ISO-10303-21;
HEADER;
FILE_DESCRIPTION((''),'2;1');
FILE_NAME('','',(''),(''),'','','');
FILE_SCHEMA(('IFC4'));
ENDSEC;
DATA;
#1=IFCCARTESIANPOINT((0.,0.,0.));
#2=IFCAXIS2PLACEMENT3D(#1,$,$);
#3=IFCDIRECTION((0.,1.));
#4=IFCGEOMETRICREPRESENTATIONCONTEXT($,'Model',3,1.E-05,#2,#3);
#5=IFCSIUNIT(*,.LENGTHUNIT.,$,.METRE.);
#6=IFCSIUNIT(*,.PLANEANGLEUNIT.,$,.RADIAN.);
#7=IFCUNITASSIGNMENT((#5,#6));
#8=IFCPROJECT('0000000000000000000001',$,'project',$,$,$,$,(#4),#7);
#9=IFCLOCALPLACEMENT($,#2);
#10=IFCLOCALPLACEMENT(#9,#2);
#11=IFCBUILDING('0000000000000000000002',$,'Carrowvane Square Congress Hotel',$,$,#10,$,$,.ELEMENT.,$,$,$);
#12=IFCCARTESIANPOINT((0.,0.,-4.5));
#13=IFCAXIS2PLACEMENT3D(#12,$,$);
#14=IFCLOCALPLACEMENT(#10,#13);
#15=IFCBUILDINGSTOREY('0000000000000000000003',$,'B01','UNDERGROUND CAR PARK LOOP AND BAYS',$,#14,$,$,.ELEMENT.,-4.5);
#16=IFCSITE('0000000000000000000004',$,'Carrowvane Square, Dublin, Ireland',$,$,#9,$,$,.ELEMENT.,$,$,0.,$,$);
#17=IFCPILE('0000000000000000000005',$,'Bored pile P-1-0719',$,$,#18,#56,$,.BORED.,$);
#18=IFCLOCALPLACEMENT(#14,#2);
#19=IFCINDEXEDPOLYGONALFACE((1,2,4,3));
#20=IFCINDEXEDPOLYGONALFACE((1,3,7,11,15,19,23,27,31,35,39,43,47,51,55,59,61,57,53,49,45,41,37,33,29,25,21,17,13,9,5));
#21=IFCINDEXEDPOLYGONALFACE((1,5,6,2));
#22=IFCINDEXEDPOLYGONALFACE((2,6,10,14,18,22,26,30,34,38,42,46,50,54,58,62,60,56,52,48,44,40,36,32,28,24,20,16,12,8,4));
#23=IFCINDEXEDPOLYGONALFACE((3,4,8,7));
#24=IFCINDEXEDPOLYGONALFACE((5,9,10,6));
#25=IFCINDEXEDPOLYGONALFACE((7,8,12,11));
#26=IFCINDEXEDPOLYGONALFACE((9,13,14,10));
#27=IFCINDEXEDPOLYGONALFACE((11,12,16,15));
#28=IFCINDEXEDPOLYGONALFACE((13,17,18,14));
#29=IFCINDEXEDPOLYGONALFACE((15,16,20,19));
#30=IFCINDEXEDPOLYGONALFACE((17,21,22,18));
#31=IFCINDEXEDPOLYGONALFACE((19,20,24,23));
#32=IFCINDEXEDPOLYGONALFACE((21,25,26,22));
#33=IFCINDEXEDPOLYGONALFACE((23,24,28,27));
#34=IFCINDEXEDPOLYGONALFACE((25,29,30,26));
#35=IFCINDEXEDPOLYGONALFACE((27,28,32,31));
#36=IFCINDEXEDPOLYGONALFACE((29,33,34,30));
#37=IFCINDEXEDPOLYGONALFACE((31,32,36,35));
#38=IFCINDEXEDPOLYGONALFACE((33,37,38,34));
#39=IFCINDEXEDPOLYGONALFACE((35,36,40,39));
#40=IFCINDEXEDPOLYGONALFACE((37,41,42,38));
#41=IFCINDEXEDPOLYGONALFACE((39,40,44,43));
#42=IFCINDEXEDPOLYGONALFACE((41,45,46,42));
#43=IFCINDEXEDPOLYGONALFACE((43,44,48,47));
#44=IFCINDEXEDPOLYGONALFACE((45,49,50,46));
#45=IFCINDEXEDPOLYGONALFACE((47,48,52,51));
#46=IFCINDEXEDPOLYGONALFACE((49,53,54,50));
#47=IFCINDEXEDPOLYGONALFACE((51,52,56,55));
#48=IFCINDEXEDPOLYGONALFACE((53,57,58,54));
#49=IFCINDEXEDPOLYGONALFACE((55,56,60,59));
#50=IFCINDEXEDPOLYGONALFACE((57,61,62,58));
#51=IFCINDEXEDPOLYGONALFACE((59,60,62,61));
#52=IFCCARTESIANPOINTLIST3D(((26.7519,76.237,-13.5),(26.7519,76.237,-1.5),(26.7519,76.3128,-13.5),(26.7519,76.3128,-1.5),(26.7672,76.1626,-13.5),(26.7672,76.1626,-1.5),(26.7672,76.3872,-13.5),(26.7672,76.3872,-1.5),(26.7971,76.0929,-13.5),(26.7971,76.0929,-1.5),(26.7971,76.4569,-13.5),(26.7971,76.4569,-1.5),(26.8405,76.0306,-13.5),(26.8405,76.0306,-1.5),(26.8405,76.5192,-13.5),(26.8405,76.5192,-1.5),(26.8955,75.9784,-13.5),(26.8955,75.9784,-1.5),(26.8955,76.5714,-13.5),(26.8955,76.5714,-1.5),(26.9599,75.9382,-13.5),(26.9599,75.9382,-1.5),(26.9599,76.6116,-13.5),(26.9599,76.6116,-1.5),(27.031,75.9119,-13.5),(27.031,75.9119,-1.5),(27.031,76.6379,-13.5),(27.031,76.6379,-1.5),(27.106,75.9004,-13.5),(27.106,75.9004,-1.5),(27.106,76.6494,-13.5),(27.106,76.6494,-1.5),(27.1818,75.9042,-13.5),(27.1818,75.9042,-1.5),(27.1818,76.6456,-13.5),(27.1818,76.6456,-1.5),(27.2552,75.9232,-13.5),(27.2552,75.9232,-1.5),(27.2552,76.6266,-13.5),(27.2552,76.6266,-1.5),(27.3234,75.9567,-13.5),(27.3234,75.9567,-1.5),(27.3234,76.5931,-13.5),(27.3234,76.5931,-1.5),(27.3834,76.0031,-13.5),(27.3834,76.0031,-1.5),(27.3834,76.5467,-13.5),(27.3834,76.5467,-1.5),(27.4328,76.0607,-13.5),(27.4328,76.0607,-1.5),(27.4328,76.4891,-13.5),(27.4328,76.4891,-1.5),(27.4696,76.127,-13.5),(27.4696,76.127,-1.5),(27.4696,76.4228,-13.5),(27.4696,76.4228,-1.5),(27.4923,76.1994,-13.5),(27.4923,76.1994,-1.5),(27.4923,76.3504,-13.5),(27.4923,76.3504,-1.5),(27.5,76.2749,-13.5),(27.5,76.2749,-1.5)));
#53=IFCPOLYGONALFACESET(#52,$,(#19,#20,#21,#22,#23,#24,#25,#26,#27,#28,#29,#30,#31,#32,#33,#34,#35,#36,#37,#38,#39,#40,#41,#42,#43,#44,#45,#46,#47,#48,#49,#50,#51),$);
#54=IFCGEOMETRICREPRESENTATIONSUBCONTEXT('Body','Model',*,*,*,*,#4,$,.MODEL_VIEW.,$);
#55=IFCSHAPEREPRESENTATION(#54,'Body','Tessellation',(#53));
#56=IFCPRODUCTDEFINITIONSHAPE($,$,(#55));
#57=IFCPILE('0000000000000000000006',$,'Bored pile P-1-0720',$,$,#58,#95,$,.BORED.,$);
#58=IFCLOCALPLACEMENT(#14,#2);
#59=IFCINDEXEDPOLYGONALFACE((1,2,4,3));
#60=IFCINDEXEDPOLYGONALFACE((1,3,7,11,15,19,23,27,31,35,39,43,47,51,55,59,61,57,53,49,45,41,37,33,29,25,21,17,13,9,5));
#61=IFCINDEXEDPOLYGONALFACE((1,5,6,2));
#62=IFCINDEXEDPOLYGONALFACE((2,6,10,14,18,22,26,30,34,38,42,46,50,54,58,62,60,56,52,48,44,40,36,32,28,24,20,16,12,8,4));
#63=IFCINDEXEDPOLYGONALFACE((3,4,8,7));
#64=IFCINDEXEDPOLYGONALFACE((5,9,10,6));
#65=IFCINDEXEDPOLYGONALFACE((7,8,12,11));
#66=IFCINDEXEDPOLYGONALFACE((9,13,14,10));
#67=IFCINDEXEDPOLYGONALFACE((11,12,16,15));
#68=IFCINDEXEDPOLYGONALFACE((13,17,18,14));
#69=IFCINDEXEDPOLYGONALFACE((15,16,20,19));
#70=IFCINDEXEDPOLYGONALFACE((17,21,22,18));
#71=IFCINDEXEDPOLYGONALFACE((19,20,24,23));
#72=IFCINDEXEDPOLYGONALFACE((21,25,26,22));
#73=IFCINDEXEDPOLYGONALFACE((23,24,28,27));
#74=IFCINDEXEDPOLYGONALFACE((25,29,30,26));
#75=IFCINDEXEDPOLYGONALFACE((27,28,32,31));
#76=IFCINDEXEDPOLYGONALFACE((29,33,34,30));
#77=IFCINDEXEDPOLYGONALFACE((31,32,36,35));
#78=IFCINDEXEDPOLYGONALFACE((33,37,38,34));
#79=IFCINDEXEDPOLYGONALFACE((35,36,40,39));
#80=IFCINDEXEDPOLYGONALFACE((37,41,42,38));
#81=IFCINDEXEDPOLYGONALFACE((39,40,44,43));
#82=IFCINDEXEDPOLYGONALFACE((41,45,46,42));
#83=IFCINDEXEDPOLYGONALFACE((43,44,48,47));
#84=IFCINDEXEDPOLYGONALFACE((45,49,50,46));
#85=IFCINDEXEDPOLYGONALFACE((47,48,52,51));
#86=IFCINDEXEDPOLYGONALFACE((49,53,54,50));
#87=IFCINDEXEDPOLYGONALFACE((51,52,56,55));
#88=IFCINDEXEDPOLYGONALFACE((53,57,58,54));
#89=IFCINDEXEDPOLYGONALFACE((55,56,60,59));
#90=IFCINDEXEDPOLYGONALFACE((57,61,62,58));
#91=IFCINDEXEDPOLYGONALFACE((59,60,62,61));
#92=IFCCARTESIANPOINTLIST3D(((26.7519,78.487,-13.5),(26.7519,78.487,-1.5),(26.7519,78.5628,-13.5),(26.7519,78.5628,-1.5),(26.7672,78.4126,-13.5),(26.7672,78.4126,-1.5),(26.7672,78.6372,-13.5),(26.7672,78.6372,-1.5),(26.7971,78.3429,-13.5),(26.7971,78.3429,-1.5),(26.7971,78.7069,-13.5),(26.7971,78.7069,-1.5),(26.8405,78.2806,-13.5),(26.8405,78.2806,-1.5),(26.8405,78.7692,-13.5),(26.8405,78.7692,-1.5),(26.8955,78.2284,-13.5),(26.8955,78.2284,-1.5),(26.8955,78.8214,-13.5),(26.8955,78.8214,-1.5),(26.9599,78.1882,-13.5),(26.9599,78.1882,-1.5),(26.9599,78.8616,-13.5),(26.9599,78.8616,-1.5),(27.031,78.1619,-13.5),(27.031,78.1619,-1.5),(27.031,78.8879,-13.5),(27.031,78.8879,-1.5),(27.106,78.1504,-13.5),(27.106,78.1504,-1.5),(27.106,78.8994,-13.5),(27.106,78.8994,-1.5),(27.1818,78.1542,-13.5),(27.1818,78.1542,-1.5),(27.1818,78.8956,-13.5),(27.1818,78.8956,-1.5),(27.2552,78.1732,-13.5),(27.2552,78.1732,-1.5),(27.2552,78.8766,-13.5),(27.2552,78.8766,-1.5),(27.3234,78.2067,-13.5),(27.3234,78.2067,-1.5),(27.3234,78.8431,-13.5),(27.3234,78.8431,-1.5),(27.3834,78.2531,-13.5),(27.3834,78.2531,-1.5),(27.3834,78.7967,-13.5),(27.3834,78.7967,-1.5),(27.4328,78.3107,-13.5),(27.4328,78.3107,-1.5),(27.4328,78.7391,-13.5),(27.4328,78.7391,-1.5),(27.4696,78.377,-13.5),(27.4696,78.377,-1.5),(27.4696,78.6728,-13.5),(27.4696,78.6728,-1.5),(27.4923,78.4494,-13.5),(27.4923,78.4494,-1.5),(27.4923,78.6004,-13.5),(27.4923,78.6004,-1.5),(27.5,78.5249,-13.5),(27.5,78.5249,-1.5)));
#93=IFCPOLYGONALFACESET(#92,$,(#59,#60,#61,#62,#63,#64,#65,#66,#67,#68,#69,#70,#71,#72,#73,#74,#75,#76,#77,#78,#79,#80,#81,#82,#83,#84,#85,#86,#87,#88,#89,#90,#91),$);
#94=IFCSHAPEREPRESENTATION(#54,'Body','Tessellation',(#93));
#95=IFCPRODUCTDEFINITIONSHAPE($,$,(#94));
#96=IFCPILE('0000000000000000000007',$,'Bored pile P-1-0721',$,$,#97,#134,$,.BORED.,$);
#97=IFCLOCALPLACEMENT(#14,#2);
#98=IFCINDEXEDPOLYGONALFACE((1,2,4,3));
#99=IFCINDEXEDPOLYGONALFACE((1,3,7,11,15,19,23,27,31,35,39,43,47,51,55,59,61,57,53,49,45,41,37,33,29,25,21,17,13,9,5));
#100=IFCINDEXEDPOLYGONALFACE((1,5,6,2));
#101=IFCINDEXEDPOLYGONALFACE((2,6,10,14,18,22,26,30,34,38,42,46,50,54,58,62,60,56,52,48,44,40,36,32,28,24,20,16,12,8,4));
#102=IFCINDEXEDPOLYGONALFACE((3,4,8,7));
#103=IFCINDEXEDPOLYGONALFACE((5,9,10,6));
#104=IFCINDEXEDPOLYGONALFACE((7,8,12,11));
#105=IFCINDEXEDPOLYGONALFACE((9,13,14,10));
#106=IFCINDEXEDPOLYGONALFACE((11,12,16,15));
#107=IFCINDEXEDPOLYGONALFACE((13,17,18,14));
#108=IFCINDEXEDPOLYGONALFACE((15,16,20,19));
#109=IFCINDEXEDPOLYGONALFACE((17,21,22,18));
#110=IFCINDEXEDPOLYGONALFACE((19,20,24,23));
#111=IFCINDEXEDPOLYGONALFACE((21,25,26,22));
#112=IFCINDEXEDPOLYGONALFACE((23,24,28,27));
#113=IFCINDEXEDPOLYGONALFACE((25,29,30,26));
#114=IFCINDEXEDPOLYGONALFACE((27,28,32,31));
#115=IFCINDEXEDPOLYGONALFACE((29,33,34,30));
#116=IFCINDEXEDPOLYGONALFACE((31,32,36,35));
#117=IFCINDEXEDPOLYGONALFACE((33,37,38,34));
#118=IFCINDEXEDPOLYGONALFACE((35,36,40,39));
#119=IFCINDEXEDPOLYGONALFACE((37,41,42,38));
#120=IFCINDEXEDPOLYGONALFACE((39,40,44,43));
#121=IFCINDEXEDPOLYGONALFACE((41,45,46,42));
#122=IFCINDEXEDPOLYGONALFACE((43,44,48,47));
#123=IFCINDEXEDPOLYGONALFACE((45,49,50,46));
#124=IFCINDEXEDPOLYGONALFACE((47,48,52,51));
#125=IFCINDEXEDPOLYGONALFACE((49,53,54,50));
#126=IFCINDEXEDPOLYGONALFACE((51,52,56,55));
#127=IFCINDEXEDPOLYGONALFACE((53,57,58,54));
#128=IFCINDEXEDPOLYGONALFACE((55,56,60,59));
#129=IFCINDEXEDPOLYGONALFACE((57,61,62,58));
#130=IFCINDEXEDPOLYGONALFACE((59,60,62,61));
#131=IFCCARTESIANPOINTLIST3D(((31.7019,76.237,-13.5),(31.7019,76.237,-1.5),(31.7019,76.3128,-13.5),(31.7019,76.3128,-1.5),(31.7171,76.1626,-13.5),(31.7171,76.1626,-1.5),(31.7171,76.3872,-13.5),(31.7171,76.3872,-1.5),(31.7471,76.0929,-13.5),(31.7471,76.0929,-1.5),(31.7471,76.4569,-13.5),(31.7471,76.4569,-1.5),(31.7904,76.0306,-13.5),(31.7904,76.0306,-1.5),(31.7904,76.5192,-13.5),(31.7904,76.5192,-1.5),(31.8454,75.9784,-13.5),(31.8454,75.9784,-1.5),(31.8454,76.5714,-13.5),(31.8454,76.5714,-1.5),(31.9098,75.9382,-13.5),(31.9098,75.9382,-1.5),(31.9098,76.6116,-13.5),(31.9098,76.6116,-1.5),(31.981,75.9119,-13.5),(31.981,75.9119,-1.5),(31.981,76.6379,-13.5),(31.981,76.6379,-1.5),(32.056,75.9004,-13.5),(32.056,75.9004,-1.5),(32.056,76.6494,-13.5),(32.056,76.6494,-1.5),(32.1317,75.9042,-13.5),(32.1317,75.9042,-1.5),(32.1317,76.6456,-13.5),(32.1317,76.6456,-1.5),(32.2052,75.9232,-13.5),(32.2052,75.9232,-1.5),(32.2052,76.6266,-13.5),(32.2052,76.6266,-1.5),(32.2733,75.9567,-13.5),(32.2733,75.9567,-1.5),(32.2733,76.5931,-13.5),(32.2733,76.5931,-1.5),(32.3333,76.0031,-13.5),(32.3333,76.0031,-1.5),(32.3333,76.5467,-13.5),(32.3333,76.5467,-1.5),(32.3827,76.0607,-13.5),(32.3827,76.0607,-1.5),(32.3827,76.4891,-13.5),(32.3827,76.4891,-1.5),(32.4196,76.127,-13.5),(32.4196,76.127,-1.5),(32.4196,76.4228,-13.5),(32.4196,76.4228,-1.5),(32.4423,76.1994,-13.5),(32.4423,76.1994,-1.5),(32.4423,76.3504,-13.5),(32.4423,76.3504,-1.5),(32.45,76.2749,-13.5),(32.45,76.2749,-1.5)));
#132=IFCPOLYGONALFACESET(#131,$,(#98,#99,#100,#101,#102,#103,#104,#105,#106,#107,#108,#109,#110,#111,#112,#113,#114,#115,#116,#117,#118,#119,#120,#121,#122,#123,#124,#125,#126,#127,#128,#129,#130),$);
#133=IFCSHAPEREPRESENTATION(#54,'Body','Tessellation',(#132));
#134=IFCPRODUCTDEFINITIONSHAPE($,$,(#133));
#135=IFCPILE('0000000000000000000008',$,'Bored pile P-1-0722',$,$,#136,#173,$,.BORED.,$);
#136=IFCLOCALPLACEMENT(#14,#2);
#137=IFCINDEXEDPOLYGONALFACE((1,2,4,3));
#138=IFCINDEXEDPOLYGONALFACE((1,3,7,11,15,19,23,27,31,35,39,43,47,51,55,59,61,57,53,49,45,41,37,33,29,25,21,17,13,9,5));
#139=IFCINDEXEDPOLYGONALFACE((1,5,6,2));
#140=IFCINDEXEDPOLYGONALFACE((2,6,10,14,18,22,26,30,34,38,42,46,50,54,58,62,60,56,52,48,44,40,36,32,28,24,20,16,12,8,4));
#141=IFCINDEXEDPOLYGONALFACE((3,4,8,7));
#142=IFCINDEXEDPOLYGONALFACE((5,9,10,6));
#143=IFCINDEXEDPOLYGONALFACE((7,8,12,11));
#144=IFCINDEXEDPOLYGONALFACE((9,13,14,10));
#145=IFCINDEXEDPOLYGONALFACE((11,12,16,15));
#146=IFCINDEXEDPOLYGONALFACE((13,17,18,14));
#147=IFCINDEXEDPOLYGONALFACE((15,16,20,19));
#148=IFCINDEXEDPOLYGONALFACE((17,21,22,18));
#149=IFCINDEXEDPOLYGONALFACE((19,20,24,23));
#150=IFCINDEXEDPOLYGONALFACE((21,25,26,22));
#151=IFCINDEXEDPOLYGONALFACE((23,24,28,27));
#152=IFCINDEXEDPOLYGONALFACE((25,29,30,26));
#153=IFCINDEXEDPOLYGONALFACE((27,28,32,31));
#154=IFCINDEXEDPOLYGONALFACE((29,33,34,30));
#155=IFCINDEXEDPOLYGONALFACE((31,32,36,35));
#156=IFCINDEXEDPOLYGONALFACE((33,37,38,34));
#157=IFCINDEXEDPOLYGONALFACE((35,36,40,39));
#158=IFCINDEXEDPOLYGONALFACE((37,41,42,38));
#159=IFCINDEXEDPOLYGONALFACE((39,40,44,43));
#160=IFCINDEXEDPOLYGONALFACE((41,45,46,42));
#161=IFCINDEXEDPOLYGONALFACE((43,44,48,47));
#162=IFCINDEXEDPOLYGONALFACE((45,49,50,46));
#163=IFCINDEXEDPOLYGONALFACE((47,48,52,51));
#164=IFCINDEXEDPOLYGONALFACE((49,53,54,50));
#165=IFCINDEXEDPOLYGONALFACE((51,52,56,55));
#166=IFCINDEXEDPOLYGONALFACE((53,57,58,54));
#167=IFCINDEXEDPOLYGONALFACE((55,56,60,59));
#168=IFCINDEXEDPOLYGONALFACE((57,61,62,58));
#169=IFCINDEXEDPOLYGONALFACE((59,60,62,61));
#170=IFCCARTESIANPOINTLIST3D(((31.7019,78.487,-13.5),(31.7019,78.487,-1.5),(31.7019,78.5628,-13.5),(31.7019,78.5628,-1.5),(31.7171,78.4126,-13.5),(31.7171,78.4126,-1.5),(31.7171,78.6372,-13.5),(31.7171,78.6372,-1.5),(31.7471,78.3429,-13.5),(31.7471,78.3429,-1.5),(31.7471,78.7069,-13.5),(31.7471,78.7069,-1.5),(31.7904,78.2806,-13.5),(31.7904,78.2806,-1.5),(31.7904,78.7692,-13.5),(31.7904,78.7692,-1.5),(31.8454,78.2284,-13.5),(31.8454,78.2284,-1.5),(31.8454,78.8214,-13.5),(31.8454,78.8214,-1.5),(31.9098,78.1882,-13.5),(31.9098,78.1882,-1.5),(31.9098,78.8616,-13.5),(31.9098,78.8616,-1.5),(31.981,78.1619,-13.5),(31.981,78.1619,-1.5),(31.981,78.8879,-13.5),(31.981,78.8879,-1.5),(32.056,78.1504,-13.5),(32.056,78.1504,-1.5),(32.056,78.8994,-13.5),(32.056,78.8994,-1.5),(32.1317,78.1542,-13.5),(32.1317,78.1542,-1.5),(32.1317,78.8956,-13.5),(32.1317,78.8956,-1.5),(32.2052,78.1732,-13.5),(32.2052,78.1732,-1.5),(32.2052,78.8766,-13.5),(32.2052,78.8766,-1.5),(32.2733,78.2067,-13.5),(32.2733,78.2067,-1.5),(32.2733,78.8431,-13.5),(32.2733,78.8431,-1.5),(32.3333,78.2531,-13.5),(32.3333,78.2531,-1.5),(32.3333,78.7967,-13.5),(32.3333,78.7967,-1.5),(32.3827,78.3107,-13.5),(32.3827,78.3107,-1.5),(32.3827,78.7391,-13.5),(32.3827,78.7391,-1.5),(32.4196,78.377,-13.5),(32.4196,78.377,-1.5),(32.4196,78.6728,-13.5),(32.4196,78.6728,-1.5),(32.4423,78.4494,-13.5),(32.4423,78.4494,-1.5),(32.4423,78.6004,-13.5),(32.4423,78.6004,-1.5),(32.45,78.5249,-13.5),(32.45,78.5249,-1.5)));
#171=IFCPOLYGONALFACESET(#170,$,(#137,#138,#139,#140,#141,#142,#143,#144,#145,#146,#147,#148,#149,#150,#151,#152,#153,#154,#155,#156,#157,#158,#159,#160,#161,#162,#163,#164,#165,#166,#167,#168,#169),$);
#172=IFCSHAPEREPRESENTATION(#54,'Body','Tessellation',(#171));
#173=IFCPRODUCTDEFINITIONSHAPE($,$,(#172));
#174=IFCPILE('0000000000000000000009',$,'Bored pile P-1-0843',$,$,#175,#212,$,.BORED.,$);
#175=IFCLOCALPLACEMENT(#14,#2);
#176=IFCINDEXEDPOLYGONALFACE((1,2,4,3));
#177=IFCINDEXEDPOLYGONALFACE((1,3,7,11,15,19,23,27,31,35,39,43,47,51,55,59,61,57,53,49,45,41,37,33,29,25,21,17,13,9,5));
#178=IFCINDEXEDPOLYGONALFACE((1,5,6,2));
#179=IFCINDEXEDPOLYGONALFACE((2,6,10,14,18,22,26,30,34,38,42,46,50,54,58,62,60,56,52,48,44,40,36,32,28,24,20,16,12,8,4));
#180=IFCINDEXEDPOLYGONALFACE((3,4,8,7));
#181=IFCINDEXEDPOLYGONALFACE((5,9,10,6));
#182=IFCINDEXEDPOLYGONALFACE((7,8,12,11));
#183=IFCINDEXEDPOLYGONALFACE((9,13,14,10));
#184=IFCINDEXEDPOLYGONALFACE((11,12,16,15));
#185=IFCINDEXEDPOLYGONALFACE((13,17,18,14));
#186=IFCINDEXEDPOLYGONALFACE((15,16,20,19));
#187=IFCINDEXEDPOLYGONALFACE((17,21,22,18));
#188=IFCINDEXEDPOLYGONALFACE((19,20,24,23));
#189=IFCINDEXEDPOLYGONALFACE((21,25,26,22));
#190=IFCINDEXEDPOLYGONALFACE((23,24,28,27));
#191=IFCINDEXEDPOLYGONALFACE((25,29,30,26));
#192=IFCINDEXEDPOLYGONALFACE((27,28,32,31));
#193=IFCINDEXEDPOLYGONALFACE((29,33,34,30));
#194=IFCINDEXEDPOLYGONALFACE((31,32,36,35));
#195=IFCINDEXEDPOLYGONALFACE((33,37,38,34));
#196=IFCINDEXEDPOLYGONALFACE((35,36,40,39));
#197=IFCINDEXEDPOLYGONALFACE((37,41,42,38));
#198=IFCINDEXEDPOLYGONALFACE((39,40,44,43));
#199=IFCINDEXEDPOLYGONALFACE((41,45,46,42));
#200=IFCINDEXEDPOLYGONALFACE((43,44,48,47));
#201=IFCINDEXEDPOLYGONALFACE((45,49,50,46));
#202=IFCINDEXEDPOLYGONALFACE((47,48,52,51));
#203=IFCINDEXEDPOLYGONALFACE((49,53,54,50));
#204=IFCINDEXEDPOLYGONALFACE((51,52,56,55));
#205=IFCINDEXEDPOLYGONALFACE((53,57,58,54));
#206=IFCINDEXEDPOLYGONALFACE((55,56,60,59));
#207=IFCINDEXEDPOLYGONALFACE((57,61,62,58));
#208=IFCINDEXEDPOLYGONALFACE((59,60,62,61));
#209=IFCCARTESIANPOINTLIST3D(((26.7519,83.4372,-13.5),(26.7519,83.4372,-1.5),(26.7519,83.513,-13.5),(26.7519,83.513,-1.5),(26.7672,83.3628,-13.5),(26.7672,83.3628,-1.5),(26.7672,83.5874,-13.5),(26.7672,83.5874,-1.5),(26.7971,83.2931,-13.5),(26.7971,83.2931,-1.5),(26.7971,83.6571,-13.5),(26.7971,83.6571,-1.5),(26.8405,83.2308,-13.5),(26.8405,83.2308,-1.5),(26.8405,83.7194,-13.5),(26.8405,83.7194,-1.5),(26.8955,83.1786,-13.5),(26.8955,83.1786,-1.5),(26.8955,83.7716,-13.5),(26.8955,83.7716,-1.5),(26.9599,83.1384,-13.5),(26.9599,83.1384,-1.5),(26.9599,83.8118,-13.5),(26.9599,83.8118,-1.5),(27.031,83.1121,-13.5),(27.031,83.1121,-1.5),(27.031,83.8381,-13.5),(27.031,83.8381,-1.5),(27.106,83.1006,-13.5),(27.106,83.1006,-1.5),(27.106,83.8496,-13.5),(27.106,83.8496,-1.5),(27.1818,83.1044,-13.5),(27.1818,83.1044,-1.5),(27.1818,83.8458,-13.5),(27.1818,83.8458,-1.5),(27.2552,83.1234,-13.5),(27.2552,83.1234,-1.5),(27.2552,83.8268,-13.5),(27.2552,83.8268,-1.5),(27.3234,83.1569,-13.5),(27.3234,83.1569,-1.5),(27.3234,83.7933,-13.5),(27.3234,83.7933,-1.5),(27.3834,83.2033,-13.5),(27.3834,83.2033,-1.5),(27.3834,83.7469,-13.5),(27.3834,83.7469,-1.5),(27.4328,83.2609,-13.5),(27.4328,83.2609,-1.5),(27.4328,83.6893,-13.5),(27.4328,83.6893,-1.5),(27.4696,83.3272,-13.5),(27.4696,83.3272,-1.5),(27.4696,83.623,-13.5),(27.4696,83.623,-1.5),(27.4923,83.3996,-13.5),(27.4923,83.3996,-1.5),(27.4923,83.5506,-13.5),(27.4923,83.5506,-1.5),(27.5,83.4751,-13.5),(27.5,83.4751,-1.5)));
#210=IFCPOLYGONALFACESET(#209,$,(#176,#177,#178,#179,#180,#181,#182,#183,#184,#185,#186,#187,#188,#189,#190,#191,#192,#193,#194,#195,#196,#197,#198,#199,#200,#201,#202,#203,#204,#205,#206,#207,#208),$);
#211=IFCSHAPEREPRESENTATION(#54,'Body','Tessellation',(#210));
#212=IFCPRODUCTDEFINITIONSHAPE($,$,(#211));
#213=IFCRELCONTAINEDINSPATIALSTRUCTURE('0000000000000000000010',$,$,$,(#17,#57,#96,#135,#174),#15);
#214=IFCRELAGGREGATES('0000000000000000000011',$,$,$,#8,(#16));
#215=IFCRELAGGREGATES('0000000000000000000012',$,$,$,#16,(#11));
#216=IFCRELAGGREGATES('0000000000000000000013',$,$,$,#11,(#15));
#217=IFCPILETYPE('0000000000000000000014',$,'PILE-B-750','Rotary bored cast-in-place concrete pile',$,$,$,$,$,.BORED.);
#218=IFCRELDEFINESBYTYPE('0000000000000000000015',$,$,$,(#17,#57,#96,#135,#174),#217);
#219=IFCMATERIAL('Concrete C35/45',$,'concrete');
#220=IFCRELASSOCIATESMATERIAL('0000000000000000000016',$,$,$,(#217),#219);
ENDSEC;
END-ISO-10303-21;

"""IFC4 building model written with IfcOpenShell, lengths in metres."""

from ifc_helpers import new_model, si_unit, direction, frame, origin, origin_2d, place, context, subcontext, project, spatial, circle, extrude, material, material_profile, profile_set, type_object, element, save


model = new_model("IFC4")

# Units and contexts
model_context = context("Model", 3, precision=1e-05, world=origin(), true_north=direction((0.0, 1.0)))
body_context = subcontext(model_context, "Body", "Model", "MODEL_VIEW")
ifc_project = project(units=[si_unit("LENGTHUNIT", "METRE"), si_unit("PLANEANGLEUNIT", "RADIAN")], contexts=[model_context])

# Site, building, storey
site_placement = place(None, origin())
site = spatial("IfcSite", under=ifc_project, at=site_placement, Name="Carrowvane Square, Dublin, Ireland", CompositionType="ELEMENT", RefElevation=0.0)
building_placement = place(site_placement, origin())
building = spatial("IfcBuilding", under=site, at=building_placement, Name="Carrowvane Square Congress Hotel", CompositionType="ELEMENT")
storey_placement = place(building_placement, frame((0.0, 0.0, -4.5)))
storey = spatial("IfcBuildingStorey", under=building, at=storey_placement, Name="B01", Description="UNDERGROUND CAR PARK LOOP AND BAYS", CompositionType="ELEMENT", Elevation=-4.5)

# Piles
ifc_material_1 = material(Name="Concrete C35/45", Category="concrete")
ifc_material_profile_1 = material_profile(ifc_material_1, circle(Radius=0.375, at=origin_2d()), Name="PILE D750")
ifc_profile_set_1 = profile_set([ifc_material_profile_1], Name="Concrete C35/45")
pile_type = type_object("IfcPileType", Name="PILE-B-750", Description="Rotary bored cast-in-place concrete pile", PredefinedType="BORED", material=ifc_profile_set_1)
for number, where, z_axis, x_axis, name in (
    (1, (27.125, 76.2749, -1.5), (0.0, 0.0, -1.0), (1.0, 0.0, 0.0), "Bored pile P-1-0719"),
    (2, (27.125, 78.5249, -1.5), (0.0, 0.0, -1.0), (1.0, 0.0, 0.0), "Bored pile P-1-0720"),
    (3, (32.075, 76.2749, -1.5), (0.0, 0.0, -1.0), (1.0, 0.0, 0.0), "Bored pile P-1-0721"),
    (4, (32.075, 78.5249, -1.5), (0.0, 0.0, -1.0), (1.0, 0.0, 0.0), "Bored pile P-1-0722"),
    (5, (27.125, 83.4751, -1.5), (0.0, 0.0, -1.0), (1.0, 0.0, 0.0), "Bored pile P-1-0843"),
):
    element("IfcPile", number, at=place(storey_placement, frame(where, z_axis=z_axis, x_axis=x_axis)), inside=storey, type_object=pile_type, Name=name, PredefinedType="BORED", context=body_context, shape_type="SweptSolid", body=[
        extrude(circle(Radius=0.375, at=origin_2d()), origin(), (0.0, 0.0, 1.0), 12.0),
    ])

save(model, "model.ifc")
